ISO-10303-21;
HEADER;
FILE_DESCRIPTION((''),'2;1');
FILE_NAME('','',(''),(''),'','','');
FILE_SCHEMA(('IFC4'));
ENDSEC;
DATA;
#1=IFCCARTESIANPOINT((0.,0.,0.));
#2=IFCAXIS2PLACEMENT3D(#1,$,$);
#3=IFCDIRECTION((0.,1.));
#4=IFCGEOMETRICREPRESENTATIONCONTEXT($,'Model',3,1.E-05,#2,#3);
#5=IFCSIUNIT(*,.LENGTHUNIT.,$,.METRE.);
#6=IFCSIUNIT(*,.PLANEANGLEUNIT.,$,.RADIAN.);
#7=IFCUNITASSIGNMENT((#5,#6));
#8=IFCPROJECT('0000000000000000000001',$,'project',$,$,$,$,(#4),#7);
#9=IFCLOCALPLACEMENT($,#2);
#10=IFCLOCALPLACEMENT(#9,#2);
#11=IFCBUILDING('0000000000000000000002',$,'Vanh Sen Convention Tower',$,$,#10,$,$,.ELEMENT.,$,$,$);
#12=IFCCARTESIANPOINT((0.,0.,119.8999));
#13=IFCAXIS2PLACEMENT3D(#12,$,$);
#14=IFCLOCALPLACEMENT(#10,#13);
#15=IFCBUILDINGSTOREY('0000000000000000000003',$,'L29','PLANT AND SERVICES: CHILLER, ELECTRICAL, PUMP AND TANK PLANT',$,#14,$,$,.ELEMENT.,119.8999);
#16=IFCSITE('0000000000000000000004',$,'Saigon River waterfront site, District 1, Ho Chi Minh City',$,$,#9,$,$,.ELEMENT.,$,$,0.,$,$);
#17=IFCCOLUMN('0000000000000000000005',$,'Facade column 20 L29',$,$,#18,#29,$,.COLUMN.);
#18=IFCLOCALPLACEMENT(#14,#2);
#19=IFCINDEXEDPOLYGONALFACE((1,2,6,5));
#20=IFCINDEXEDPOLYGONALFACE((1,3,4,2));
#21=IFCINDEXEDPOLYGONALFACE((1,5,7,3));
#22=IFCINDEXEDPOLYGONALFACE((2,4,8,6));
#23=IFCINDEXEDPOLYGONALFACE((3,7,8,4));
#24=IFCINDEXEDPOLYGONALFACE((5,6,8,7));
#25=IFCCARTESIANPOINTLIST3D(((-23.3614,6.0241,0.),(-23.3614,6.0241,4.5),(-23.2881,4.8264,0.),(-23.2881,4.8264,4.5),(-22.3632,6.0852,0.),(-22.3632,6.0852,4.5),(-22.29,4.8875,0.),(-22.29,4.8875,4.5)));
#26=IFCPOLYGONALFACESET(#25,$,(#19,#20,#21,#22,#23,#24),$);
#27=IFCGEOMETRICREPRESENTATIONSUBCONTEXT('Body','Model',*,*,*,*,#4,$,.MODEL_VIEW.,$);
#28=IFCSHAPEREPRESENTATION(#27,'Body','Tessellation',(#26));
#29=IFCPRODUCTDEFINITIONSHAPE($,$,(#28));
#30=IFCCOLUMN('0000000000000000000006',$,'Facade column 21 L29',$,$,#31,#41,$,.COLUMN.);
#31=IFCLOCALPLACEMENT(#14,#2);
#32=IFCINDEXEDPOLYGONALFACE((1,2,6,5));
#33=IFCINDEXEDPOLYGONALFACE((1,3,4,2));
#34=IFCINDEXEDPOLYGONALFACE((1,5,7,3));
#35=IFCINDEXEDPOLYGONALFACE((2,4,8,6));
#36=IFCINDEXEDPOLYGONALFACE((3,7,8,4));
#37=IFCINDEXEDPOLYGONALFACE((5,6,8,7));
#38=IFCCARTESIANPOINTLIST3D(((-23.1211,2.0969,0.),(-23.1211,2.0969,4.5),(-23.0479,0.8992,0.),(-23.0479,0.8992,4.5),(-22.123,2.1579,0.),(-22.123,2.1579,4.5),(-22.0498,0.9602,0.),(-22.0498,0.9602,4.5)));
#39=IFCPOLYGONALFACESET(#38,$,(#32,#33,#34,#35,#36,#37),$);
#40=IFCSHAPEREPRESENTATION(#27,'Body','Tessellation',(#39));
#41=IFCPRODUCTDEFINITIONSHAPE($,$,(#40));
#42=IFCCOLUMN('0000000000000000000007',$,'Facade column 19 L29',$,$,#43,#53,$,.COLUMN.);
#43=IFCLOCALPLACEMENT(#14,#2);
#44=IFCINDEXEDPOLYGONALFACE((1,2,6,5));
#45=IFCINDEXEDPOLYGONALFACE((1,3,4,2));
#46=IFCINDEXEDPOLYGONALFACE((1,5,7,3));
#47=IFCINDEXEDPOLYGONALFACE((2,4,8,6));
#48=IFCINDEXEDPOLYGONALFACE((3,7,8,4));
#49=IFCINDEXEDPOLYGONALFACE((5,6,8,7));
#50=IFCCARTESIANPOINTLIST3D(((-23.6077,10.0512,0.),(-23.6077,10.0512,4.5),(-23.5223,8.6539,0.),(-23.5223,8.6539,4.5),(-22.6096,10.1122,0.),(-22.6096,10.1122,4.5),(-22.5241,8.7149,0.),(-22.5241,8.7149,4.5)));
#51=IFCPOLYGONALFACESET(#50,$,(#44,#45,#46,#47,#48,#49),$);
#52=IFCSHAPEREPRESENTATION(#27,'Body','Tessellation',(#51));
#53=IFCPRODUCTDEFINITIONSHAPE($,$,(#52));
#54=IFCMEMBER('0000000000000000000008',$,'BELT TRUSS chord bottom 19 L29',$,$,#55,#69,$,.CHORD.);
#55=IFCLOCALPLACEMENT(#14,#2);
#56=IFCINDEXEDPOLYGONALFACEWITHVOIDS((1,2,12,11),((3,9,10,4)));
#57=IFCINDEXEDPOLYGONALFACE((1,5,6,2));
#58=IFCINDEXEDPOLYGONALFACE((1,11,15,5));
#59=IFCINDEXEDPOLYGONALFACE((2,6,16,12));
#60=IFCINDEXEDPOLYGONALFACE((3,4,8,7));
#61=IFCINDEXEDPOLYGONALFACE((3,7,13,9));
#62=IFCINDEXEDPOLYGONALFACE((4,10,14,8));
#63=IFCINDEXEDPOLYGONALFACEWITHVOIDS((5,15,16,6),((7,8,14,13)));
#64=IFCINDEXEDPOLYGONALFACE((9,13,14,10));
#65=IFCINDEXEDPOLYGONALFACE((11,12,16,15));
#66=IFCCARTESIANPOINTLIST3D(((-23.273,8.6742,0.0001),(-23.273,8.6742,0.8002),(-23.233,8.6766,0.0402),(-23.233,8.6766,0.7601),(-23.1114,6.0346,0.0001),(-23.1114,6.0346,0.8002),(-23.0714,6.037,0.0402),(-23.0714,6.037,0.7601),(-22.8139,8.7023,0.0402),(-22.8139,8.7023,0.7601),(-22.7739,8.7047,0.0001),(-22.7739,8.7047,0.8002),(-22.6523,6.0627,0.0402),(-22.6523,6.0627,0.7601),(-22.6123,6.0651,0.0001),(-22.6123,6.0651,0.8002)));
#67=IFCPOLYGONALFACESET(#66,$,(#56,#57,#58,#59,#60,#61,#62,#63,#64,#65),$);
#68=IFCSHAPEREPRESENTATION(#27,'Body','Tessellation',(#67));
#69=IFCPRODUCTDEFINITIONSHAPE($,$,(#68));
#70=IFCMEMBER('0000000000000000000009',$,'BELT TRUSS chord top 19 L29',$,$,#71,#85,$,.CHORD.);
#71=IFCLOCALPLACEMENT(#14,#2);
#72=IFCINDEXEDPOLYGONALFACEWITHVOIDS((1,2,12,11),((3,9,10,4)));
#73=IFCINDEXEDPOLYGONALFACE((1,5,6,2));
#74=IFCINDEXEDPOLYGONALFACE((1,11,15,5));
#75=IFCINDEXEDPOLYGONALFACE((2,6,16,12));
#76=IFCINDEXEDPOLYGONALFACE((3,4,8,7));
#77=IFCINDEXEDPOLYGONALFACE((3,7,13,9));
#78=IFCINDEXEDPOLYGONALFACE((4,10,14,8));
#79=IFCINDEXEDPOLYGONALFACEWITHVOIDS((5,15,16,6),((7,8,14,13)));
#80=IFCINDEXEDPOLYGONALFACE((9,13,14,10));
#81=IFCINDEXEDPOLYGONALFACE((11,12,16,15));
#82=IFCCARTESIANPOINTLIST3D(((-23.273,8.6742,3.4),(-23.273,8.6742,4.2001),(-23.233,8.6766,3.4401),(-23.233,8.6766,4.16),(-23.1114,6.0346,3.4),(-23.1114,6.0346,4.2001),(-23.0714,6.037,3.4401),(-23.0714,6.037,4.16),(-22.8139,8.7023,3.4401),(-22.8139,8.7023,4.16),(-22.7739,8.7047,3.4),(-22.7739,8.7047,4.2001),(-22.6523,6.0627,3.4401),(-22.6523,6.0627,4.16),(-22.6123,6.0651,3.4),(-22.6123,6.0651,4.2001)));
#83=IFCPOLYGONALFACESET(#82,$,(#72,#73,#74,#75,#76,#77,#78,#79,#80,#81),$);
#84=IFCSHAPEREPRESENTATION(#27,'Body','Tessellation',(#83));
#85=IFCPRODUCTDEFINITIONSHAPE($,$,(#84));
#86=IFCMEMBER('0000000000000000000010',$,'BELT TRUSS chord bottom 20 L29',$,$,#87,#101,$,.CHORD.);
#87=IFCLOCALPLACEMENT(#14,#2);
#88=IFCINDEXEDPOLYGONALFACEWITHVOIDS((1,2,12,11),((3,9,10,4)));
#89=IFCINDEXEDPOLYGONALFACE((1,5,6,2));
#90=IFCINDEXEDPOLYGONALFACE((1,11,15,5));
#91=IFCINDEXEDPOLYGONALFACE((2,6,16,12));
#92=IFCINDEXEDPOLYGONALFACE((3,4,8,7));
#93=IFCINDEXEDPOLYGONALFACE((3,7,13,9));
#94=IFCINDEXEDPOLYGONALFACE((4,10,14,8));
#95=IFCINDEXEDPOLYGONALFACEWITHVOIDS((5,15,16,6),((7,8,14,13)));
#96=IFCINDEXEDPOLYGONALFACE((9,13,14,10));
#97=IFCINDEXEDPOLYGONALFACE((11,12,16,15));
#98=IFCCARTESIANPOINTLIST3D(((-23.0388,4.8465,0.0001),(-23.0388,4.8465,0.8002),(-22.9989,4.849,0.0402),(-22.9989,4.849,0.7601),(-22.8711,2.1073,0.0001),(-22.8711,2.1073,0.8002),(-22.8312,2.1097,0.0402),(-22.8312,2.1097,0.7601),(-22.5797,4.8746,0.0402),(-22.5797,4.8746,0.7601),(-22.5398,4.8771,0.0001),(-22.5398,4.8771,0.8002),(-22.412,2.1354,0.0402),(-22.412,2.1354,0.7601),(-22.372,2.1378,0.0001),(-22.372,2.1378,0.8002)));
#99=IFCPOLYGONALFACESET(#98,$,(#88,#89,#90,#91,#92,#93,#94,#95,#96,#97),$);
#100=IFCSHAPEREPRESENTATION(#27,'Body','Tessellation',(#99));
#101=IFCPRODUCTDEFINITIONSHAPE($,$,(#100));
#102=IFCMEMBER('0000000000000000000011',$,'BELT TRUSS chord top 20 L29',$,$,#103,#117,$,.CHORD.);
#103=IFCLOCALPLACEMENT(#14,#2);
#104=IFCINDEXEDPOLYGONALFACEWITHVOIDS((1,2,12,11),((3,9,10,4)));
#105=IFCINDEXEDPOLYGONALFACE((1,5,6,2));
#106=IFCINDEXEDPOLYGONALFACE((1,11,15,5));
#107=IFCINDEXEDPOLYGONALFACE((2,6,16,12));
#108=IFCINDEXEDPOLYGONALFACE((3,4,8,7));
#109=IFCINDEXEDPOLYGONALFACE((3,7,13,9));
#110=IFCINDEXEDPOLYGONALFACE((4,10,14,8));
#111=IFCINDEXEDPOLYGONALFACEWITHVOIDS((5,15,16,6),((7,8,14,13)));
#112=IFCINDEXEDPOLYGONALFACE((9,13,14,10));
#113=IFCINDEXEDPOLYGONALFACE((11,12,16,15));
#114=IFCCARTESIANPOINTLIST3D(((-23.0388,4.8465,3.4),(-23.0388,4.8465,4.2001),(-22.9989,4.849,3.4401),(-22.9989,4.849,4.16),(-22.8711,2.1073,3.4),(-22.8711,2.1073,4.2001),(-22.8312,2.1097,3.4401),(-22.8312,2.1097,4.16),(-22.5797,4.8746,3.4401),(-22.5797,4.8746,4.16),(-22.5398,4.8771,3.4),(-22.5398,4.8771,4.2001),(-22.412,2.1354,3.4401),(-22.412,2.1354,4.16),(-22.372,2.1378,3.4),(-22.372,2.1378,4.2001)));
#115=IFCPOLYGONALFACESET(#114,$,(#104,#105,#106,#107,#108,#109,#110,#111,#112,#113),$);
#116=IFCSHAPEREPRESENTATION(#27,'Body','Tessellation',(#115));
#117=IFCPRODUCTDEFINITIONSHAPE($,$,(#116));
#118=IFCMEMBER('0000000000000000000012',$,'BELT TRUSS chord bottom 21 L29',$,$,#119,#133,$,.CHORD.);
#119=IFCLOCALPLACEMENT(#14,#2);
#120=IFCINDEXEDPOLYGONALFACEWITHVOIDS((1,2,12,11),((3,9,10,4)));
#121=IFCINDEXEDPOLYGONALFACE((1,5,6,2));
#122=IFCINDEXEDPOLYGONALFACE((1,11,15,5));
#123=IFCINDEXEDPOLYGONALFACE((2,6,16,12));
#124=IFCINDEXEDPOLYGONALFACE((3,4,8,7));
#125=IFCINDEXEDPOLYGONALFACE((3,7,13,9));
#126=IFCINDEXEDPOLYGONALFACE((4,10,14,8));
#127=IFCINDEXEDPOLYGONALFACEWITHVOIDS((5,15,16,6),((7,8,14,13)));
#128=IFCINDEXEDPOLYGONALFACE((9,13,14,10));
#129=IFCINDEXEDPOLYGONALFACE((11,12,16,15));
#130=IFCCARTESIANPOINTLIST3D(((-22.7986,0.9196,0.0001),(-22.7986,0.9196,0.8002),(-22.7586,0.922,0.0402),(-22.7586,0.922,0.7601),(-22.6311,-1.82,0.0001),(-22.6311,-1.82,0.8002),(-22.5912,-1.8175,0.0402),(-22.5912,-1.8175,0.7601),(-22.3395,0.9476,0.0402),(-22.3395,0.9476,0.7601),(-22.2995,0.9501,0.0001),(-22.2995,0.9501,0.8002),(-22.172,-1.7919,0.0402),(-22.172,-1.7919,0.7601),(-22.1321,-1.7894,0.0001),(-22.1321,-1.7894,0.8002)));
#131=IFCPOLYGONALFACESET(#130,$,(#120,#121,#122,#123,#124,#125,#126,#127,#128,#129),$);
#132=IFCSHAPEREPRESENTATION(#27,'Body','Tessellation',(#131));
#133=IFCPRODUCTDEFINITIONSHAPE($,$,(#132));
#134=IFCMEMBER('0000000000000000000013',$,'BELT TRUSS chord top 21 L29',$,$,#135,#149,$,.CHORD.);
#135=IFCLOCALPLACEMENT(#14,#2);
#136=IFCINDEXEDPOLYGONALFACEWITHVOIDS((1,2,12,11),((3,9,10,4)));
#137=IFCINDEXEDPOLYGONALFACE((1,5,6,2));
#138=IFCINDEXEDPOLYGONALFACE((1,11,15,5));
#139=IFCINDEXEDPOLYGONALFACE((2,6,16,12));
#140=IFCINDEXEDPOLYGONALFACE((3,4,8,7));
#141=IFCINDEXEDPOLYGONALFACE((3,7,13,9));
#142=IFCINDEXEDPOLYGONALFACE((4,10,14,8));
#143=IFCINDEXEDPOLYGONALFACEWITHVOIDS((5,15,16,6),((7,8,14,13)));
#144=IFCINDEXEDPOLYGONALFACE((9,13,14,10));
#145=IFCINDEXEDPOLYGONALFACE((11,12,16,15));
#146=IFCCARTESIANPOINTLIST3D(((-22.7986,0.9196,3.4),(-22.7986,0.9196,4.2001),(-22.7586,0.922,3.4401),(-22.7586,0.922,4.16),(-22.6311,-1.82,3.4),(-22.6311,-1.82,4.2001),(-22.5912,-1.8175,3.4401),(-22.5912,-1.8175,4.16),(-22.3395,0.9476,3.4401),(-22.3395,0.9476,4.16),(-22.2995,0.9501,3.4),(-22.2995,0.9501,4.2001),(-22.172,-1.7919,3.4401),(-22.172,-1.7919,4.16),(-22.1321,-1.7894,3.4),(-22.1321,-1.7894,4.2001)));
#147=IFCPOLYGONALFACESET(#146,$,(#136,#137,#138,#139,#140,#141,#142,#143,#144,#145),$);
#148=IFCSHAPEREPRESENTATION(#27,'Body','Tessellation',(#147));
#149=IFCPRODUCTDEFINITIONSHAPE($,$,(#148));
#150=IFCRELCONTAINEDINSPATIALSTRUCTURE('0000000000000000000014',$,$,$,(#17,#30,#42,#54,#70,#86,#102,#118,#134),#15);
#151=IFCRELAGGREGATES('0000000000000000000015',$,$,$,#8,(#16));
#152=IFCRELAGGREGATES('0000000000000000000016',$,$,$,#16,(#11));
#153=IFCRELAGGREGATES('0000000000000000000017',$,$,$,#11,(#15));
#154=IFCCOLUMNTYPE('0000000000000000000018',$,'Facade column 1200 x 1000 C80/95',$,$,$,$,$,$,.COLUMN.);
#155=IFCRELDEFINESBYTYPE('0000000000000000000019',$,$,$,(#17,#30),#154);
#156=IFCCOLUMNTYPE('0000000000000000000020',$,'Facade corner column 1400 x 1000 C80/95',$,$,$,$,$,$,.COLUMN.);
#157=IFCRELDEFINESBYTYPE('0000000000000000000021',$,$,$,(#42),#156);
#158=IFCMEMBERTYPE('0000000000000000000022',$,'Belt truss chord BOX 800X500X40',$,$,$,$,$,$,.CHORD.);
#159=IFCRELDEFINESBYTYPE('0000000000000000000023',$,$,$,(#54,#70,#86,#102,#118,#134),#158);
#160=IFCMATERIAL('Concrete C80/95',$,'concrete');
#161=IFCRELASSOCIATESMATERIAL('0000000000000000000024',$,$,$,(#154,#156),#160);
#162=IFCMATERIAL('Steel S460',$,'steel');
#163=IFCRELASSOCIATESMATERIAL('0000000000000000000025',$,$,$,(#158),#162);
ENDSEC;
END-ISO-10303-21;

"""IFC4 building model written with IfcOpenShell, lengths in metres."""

from ifc_helpers import new_model, si_unit, direction, frame, origin, origin_2d, place, context, subcontext, project, spatial, rectangle, hollow_rectangle, extrude, material, material_profile, profile_set, type_object, element, save


model = new_model("IFC4")

# Units and contexts
model_context = context("Model", 3, precision=1e-05, world=origin(), true_north=direction((0.0, 1.0)))
body_context = subcontext(model_context, "Body", "Model", "MODEL_VIEW")
ifc_project = project(units=[si_unit("LENGTHUNIT", "METRE"), si_unit("PLANEANGLEUNIT", "RADIAN")], contexts=[model_context])

# Site, building, storey
site_placement = place(None, origin())
site = spatial("IfcSite", under=ifc_project, at=site_placement, Name="Saigon River waterfront site, District 1, Ho Chi Minh City", CompositionType="ELEMENT", RefElevation=0.0)
building_placement = place(site_placement, origin())
building = spatial("IfcBuilding", under=site, at=building_placement, Name="Vanh Sen Convention Tower", CompositionType="ELEMENT")
storey_placement = place(building_placement, frame((0.0, 0.0, 119.8999)))
storey = spatial("IfcBuildingStorey", under=building, at=storey_placement, Name="L29", Description="PLANT AND SERVICES: CHILLER, ELECTRICAL, PUMP AND TANK PLANT", CompositionType="ELEMENT", Elevation=119.8999)

# Columns
ifc_material_1 = material(Name="Concrete C80/95", Category="concrete")
ifc_material_profile_1 = material_profile(ifc_material_1, rectangle(XDim=1.2, YDim=1.0, at=origin_2d()), Name="RC 1200X1000")
ifc_profile_set_1 = profile_set([ifc_material_profile_1], Name="Concrete C80/95")
column_type_1 = type_object("IfcColumnType", Name="Facade column 1200 x 1000 C80/95", PredefinedType="COLUMN", material=ifc_profile_set_1)
for number, where, z_axis, x_axis, name in (
    (1, (-22.8257, 5.4558, 0.0), (0.0, 0.0, 1.0), (0.061049, -0.998135, 0.0), "Facade column 20 L29"),
    (2, (-22.5854, 1.5286, 0.0), (0.0, 0.0, 1.0), (0.061049, -0.998135, 0.0), "Facade column 21 L29"),
):
    element("IfcColumn", number, at=place(storey_placement, frame(where, z_axis=z_axis, x_axis=x_axis)), inside=storey, type_object=column_type_1, Name=name, PredefinedType="COLUMN", context=body_context, shape_type="SweptSolid", body=[
        extrude(rectangle(XDim=1.2, YDim=1.0, at=origin_2d()), origin(), (0.0, 0.0, 1.0), 4.5),
    ])
ifc_material_profile_2 = material_profile(ifc_material_1, rectangle(XDim=1.3999, YDim=1.0, at=origin_2d()), Name="RC 1400X1000")
ifc_profile_set_2 = profile_set([ifc_material_profile_2], Name="Concrete C80/95")
column_type_2 = type_object("IfcColumnType", Name="Facade corner column 1400 x 1000 C80/95", PredefinedType="COLUMN", material=ifc_profile_set_2)
column_placement = place(storey_placement, frame((-23.0659, 9.3831, 0.0), z_axis=(0.0, 0.0, 1.0), x_axis=(0.061049, -0.998135, 0.0)))
element("IfcColumn", 3, at=column_placement, inside=storey, type_object=column_type_2, Name="Facade column 19 L29", PredefinedType="COLUMN", context=body_context, shape_type="SweptSolid", body=[
    extrude(rectangle(XDim=1.3999, YDim=1.0, at=origin_2d()), origin(), (0.0, 0.0, 1.0), 4.5),
])

# Members
ifc_material_2 = material(Name="Steel S460", Category="steel")
ifc_material_profile_3 = material_profile(ifc_material_2, hollow_rectangle(XDim=0.5, YDim=0.8, WallThickness=0.04, at=origin_2d()), Name="BOX 800X500X40")
ifc_profile_set_3 = profile_set([ifc_material_profile_3], Name="Steel S460")
member_type_1 = type_object("IfcMemberType", Name="Belt truss chord BOX 800X500X40", PredefinedType="CHORD", material=ifc_profile_set_3)
for number, where, z_axis, x_axis, name in (
    (4, (-23.0234, 8.6895, 0.4001), (0.061114, -0.998131, 0.0), (0.998131, 0.061114, 0.0), "BELT TRUSS chord bottom 19 L29"),
    (5, (-23.0234, 8.6895, 3.8), (0.061114, -0.998131, 0.0), (0.998131, 0.061114, 0.0), "BELT TRUSS chord top 19 L29"),
):
    element("IfcMember", number, at=place(storey_placement, frame(where, z_axis=z_axis, x_axis=x_axis)), inside=storey, type_object=member_type_1, Name=name, PredefinedType="CHORD", context=body_context, shape_type="SweptSolid", body=[
        extrude(hollow_rectangle(XDim=0.5, YDim=0.8, WallThickness=0.04, at=origin_2d()), origin(), (0.0, 0.0, 1.0), 2.6445),
    ])
for number, where, z_axis, x_axis, name in (
    (6, (-22.7893, 4.8618, 0.4001), (0.061115, -0.998131, 0.0), (0.998131, 0.061115, 0.0), "BELT TRUSS chord bottom 20 L29"),
    (7, (-22.7893, 4.8618, 3.8), (0.061115, -0.998131, 0.0), (0.998131, 0.061115, 0.0), "BELT TRUSS chord top 20 L29"),
):
    element("IfcMember", number, at=place(storey_placement, frame(where, z_axis=z_axis, x_axis=x_axis)), inside=storey, type_object=member_type_1, Name=name, PredefinedType="CHORD", context=body_context, shape_type="SweptSolid", body=[
        extrude(hollow_rectangle(XDim=0.5, YDim=0.8, WallThickness=0.04, at=origin_2d()), origin(), (0.0, 0.0, 1.0), 2.7444),
    ])
for number, where, z_axis, x_axis, name in (
    (8, (-22.5491, 0.9348, 0.4001), (0.061021, -0.998136, 0.0), (0.998136, 0.061021, 0.0), "BELT TRUSS chord bottom 21 L29"),
    (9, (-22.5491, 0.9348, 3.8), (0.061021, -0.998136, 0.0), (0.998136, 0.061021, 0.0), "BELT TRUSS chord top 21 L29"),
):
    element("IfcMember", number, at=place(storey_placement, frame(where, z_axis=z_axis, x_axis=x_axis)), inside=storey, type_object=member_type_1, Name=name, PredefinedType="CHORD", context=body_context, shape_type="SweptSolid", body=[
        extrude(hollow_rectangle(XDim=0.5, YDim=0.8, WallThickness=0.04, at=origin_2d()), origin(), (0.0, 0.0, 1.0), 2.7446),
    ])

save(model, "model.ifc")
